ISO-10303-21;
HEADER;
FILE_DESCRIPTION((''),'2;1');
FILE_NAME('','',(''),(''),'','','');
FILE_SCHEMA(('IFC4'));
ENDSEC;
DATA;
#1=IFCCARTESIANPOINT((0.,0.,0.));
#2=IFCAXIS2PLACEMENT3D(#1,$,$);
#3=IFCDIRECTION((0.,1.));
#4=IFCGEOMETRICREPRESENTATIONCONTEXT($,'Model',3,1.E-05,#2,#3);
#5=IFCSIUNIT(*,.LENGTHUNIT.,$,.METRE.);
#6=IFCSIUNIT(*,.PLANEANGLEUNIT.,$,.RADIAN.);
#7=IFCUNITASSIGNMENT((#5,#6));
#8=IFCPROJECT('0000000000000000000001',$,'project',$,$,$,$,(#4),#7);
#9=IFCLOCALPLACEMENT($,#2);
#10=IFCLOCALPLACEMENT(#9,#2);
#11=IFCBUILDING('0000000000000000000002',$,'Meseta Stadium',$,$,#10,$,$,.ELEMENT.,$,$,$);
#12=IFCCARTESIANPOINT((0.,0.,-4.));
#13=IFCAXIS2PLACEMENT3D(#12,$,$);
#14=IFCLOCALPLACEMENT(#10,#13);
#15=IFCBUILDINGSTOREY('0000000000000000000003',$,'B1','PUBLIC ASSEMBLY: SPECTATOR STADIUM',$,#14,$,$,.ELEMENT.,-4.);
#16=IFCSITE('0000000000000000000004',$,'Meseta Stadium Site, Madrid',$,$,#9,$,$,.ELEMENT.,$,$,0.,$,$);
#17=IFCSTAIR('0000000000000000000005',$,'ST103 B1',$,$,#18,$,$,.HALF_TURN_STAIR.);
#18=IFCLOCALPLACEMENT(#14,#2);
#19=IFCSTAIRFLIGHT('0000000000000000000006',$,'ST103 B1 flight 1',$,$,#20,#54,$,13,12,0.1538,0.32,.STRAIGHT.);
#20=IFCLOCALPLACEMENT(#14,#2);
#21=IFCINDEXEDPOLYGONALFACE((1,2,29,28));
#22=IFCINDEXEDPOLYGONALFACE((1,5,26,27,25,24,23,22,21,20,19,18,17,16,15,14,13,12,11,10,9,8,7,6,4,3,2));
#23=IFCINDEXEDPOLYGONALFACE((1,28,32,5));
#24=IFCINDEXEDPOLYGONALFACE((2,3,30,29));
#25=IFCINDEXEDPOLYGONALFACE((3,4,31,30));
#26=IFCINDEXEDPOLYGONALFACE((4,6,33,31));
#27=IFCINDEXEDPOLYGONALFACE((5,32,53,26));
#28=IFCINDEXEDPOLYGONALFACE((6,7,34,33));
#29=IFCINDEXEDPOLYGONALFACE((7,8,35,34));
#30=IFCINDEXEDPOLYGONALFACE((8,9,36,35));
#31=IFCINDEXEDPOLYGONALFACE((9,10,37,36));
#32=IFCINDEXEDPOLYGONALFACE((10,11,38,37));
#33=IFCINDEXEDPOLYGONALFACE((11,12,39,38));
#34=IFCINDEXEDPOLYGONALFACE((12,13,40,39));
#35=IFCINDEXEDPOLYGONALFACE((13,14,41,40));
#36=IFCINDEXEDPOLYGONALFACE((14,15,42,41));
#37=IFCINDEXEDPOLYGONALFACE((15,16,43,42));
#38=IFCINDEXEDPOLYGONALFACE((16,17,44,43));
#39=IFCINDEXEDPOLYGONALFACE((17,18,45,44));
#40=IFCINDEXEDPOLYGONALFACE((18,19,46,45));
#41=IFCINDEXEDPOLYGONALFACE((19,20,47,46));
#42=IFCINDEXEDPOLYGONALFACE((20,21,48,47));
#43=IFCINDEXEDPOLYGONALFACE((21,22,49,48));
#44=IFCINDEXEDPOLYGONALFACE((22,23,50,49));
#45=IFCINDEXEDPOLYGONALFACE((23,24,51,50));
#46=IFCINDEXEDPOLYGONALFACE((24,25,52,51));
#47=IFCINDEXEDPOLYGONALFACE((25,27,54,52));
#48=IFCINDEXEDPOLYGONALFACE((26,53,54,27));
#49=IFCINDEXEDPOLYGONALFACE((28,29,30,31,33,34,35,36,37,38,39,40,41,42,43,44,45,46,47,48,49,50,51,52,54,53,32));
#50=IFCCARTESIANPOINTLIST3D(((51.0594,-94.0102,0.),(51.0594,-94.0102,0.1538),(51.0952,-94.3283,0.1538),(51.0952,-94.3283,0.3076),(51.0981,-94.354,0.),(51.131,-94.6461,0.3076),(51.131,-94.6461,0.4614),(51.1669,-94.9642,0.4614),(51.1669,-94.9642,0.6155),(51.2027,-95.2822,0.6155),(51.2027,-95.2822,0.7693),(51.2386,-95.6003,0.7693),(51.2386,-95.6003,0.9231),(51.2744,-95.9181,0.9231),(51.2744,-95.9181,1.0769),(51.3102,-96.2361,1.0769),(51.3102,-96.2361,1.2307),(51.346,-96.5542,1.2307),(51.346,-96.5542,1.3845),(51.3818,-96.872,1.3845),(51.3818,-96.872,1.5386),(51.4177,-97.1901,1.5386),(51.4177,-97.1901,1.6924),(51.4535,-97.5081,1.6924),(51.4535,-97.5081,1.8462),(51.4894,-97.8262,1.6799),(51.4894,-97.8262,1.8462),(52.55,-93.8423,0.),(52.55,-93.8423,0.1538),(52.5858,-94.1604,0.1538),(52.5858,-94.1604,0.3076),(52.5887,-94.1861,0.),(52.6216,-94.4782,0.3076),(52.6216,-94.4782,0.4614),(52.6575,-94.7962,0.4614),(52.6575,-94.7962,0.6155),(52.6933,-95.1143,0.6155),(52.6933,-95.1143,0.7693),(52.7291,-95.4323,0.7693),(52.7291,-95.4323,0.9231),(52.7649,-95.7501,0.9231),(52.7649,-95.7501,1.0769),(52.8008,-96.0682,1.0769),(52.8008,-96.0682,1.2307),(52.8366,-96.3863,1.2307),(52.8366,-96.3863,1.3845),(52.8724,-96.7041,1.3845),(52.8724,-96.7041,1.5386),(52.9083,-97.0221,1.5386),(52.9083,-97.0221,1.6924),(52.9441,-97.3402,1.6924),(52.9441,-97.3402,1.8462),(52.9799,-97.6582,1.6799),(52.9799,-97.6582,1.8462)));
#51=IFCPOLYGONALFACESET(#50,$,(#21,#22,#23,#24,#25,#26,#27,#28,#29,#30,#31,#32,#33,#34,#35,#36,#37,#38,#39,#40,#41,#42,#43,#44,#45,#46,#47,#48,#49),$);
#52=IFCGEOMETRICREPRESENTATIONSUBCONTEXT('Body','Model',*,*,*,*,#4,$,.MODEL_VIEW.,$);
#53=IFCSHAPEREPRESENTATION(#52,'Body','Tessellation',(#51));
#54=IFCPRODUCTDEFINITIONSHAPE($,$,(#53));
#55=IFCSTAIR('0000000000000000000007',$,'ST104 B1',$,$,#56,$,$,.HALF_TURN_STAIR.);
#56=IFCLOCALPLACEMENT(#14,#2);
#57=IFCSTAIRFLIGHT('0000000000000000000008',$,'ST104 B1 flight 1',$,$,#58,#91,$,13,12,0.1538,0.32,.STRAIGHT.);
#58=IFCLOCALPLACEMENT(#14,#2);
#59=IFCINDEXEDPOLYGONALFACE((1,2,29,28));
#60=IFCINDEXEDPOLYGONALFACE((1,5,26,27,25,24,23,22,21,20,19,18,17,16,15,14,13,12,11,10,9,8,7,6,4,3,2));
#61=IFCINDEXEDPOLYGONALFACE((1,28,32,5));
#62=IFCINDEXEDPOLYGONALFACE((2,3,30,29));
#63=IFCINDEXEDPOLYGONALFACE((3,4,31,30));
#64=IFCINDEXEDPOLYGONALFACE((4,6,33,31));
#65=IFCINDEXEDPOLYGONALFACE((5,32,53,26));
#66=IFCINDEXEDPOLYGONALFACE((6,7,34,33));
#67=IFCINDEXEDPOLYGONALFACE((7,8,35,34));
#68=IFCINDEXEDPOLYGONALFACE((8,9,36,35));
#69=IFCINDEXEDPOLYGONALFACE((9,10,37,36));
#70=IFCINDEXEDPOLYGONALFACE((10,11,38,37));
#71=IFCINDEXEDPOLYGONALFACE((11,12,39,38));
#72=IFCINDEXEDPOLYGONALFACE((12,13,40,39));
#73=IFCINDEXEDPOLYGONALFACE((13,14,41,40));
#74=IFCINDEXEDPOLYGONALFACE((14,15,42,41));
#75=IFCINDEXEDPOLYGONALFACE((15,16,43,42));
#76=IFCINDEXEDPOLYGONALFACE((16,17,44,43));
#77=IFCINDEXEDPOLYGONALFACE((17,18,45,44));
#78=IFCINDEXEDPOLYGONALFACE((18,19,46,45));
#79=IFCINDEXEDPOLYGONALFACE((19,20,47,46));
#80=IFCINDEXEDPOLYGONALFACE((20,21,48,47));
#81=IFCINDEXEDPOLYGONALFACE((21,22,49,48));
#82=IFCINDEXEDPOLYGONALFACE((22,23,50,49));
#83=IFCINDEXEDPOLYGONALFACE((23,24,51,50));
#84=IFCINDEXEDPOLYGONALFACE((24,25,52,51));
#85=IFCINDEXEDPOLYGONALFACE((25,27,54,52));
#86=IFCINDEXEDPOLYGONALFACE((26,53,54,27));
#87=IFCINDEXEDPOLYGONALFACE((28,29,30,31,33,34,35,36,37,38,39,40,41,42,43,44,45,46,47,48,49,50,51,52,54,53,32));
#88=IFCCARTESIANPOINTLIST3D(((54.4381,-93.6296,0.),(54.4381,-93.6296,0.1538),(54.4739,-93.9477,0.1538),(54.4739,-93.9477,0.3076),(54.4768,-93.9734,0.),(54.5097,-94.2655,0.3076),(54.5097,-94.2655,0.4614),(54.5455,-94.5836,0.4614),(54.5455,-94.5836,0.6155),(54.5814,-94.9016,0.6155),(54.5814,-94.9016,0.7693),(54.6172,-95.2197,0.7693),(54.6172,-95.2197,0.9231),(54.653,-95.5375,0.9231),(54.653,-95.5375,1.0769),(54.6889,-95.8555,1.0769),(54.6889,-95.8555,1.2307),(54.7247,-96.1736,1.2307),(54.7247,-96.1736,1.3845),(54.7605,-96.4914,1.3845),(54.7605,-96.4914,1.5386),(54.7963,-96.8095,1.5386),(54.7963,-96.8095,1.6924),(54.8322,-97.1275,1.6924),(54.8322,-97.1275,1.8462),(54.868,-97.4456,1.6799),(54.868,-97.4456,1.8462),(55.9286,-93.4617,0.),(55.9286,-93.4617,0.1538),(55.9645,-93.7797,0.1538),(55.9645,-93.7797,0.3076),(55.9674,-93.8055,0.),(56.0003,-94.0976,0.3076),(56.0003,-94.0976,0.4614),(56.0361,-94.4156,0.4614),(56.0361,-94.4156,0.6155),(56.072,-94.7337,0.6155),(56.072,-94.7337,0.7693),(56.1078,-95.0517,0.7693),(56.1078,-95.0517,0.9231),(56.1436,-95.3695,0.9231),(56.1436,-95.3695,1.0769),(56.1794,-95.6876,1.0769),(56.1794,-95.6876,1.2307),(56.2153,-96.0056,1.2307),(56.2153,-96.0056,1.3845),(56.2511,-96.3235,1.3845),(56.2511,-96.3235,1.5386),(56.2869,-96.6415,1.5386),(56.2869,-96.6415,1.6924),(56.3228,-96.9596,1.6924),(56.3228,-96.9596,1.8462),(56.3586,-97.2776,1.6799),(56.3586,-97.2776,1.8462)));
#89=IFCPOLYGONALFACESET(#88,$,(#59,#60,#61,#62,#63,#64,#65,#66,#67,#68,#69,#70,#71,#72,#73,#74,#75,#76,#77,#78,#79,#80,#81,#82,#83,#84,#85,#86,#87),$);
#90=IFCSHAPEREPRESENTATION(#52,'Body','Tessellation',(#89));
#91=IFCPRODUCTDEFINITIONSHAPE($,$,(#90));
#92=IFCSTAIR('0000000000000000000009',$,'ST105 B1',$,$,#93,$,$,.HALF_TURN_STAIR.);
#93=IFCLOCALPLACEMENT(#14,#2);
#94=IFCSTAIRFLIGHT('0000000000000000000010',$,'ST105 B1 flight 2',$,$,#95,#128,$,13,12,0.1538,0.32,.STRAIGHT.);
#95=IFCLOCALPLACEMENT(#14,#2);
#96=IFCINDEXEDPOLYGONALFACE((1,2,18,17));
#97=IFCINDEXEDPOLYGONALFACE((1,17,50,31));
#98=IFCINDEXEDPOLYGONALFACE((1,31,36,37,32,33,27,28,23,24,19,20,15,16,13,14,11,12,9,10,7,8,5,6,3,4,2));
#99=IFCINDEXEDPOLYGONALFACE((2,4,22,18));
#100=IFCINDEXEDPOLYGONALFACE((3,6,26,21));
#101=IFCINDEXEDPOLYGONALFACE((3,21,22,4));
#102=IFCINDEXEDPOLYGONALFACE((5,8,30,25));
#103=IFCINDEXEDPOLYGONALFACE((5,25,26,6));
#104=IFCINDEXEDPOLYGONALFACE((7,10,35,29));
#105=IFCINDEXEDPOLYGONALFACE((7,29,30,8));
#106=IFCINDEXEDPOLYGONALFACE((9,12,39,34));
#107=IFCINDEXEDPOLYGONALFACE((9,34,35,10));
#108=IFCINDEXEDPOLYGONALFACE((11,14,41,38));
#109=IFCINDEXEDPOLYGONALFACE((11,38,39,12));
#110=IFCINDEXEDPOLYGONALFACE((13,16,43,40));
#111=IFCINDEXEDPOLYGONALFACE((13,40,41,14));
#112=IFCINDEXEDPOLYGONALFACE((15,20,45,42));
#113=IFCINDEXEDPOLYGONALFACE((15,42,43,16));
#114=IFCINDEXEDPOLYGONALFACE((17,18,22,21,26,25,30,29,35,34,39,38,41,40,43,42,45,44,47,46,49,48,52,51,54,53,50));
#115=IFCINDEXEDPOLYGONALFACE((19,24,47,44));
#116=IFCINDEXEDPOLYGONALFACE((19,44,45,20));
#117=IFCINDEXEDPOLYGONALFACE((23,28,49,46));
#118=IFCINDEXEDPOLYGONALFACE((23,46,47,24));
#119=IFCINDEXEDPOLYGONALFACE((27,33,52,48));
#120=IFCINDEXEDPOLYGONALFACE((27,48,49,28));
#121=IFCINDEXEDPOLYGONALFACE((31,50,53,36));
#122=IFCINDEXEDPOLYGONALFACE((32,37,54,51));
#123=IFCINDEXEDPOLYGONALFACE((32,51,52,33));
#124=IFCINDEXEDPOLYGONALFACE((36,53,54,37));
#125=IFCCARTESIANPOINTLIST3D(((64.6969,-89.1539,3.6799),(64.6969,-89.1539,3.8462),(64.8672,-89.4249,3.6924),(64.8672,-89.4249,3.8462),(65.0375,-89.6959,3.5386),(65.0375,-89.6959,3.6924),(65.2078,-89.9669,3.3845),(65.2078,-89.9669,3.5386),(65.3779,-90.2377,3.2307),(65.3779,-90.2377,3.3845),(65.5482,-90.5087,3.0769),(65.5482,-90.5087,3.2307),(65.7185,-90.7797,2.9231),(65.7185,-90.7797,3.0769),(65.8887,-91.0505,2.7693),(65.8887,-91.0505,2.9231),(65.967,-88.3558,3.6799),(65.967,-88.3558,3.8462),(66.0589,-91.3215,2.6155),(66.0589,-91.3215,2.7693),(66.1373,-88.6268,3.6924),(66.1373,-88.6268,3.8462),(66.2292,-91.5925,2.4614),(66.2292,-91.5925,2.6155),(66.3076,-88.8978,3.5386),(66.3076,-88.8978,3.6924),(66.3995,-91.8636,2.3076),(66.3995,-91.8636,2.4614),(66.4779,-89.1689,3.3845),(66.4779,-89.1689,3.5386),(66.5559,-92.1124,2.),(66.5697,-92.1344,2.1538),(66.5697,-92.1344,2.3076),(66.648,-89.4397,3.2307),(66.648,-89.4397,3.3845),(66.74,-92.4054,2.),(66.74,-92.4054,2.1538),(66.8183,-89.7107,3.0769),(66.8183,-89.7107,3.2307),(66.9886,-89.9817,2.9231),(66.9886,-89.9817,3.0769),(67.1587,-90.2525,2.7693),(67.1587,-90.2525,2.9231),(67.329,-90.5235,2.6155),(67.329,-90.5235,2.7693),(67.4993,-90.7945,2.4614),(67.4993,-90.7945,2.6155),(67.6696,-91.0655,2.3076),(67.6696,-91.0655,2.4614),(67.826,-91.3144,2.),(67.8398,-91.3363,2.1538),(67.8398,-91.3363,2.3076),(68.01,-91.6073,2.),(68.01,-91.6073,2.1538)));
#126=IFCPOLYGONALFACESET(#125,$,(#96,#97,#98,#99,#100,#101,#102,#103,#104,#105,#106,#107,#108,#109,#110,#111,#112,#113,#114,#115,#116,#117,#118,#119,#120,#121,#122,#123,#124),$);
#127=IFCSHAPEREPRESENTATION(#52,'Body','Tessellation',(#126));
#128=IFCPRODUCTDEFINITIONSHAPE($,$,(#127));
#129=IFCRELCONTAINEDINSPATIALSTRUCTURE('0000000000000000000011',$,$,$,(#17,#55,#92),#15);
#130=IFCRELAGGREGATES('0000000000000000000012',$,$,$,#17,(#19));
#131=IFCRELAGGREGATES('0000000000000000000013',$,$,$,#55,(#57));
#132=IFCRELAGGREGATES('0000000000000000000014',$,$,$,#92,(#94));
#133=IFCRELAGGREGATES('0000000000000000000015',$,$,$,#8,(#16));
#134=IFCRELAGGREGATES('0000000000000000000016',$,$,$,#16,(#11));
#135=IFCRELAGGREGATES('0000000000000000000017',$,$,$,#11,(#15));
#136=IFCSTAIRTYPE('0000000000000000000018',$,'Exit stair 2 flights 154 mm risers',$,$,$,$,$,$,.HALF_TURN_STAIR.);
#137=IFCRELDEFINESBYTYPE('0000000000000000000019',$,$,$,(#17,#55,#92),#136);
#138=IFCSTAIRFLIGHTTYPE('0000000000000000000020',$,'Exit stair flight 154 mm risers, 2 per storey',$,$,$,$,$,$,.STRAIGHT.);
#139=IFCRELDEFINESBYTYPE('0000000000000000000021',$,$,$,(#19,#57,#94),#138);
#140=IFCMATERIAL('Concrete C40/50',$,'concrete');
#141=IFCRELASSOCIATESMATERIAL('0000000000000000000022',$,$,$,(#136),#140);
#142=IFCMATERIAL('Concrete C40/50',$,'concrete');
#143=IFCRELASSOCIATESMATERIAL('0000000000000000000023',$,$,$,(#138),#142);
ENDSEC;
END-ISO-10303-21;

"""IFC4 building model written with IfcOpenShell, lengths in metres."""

from ifc_helpers import new_model, si_unit, direction, frame, origin, place, context, subcontext, project, spatial, polyline, outline, extrude, material, type_object, element, aggregate, save


model = new_model("IFC4")

# Units and contexts
model_context = context("Model", 3, precision=1e-05, world=origin(), true_north=direction((0.0, 1.0)))
body_context = subcontext(model_context, "Body", "Model", "MODEL_VIEW")
ifc_project = project(units=[si_unit("LENGTHUNIT", "METRE"), si_unit("PLANEANGLEUNIT", "RADIAN")], contexts=[model_context])

# Site, building, storey
site_placement = place(None, origin())
site = spatial("IfcSite", under=ifc_project, at=site_placement, Name="Meseta Stadium Site, Madrid", CompositionType="ELEMENT", RefElevation=0.0)
building_placement = place(site_placement, origin())
building = spatial("IfcBuilding", under=site, at=building_placement, Name="Meseta Stadium", CompositionType="ELEMENT")
storey_placement = place(building_placement, frame((0.0, 0.0, -4.0)))
storey = spatial("IfcBuildingStorey", under=building, at=storey_placement, Name="B1", Description="PUBLIC ASSEMBLY: SPECTATOR STADIUM", CompositionType="ELEMENT", Elevation=-4.0)

# Stairs, stair flights
ifc_material_1 = material(Name="Concrete C40/50", Category="concrete")
stair_type = type_object("IfcStairType", Name="Exit stair 2 flights 154 mm risers", PredefinedType="HALF_TURN_STAIR", material=ifc_material_1)
stair_1_placement = place(storey_placement, origin())
stair_1 = element("IfcStair", 1, at=stair_1_placement, inside=storey, type_object=stair_type, Name="ST103 B1", PredefinedType="HALF_TURN_STAIR")
ifc_material_2 = material(Name="Concrete C40/50", Category="concrete")
stair_flight_type = type_object("IfcStairFlightType", Name="Exit stair flight 154 mm risers, 2 per storey", PredefinedType="STRAIGHT", material=ifc_material_2)
stair_flight_1_placement = place(storey_placement, frame((51.8047, -93.9263, 0.0), z_axis=(0.0, 0.0, 1.0), x_axis=(0.111964, -0.993712, 0.0)))
stair_flight_1 = element("IfcStairFlight", 2, at=stair_flight_1_placement, type_object=stair_flight_type, Name="ST103 B1 flight 1", NumberOfRisers=13, NumberOfTreads=12, PredefinedType="STRAIGHT", RiserHeight=0.1538, TreadLength=0.32, context=body_context, shape_type="SweptSolid", body=[
    extrude(outline(polyline([(0.0, 0.0), (0.0, 0.1538), (0.3201, 0.1538), (0.3201, 0.3076), (0.6399, 0.3076), (0.6399, 0.4614), (0.96, 0.4614), (0.96, 0.6155), (1.28, 0.6155), (1.28, 0.7693), (1.6001, 0.7693), (1.6001, 0.9231), (1.9199, 0.9231), (1.9199, 1.0769), (2.24, 1.0769), (2.24, 1.2307), (2.5601, 1.2307), (2.5601, 1.3845), (2.8799, 1.3845), (2.8799, 1.5386), (3.2, 1.5386), (3.2, 1.6924), (3.52, 1.6924), (3.52, 1.8462), (3.8401, 1.8462), (3.8401, 1.6799), (0.3459, 0.0), (0.0, 0.0)])), frame((0.0, 0.75, 0.0), z_axis=(0.0, -1.0, 0.0), x_axis=(1.0, 0.0, 0.0)), (0.0, 0.0, 1.0), 1.5),
])
aggregate(stair_1, [stair_flight_1])
stair_2_placement = place(storey_placement, origin())
stair_2 = element("IfcStair", 3, at=stair_2_placement, inside=storey, type_object=stair_type, Name="ST104 B1", PredefinedType="HALF_TURN_STAIR")
stair_flight_2_placement = place(storey_placement, frame((55.1833, -93.5457, 0.0), z_axis=(0.0, 0.0, 1.0), x_axis=(0.111964, -0.993712, 0.0)))
stair_flight_2 = element("IfcStairFlight", 4, at=stair_flight_2_placement, type_object=stair_flight_type, Name="ST104 B1 flight 1", NumberOfRisers=13, NumberOfTreads=12, PredefinedType="STRAIGHT", RiserHeight=0.1538, TreadLength=0.32, context=body_context, shape_type="SweptSolid", body=[
    extrude(outline(polyline([(0.0, 0.0), (0.0, 0.1538), (0.3201, 0.1538), (0.3201, 0.3076), (0.6399, 0.3076), (0.6399, 0.4614), (0.96, 0.4614), (0.96, 0.6155), (1.28, 0.6155), (1.28, 0.7693), (1.6001, 0.7693), (1.6001, 0.9231), (1.9199, 0.9231), (1.9199, 1.0769), (2.24, 1.0769), (2.24, 1.2307), (2.5601, 1.2307), (2.5601, 1.3845), (2.8799, 1.3845), (2.8799, 1.5386), (3.2, 1.5386), (3.2, 1.6924), (3.52, 1.6924), (3.52, 1.8462), (3.8401, 1.8462), (3.8401, 1.6799), (0.3459, 0.0), (0.0, 0.0)])), frame((0.0, 0.75, 0.0), z_axis=(0.0, -1.0, 0.0), x_axis=(1.0, 0.0, 0.0)), (0.0, 0.0, 1.0), 1.5),
])
aggregate(stair_2, [stair_flight_2])
stair_3_placement = place(storey_placement, origin())
stair_3 = element("IfcStair", 5, at=stair_3_placement, inside=storey, type_object=stair_type, Name="ST105 B1", PredefinedType="HALF_TURN_STAIR")
stair_flight_3_placement = place(storey_placement, frame((67.375, -92.0063, 2.0), z_axis=(0.0, 0.0, 1.0), x_axis=(-0.532032, 0.846724, 0.0)))
stair_flight_3 = element("IfcStairFlight", 6, at=stair_flight_3_placement, type_object=stair_flight_type, Name="ST105 B1 flight 2", NumberOfRisers=13, NumberOfTreads=12, PredefinedType="STRAIGHT", RiserHeight=0.1538, TreadLength=0.32, context=body_context, shape_type="SweptSolid", body=[
    extrude(outline(polyline([(0.0, 0.0), (0.0, 0.1538), (0.3201, 0.1538), (0.3201, 0.3076), (0.6399, 0.3076), (0.6399, 0.4614), (0.96, 0.4614), (0.96, 0.6155), (1.28, 0.6155), (1.28, 0.7693), (1.6001, 0.7693), (1.6001, 0.9231), (1.9199, 0.9231), (1.9199, 1.0769), (2.24, 1.0769), (2.24, 1.2307), (2.5601, 1.2307), (2.5601, 1.3845), (2.8799, 1.3845), (2.8799, 1.5386), (3.2, 1.5386), (3.2, 1.6924), (3.52, 1.6924), (3.52, 1.8462), (3.8401, 1.8462), (3.8401, 1.6799), (0.3459, 0.0), (0.0, 0.0)])), frame((0.0, 0.75, 0.0), z_axis=(0.0, -1.0, 0.0), x_axis=(1.0, 0.0, 0.0)), (0.0, 0.0, 1.0), 1.5),
])
aggregate(stair_3, [stair_flight_3])

save(model, "model.ifc")
